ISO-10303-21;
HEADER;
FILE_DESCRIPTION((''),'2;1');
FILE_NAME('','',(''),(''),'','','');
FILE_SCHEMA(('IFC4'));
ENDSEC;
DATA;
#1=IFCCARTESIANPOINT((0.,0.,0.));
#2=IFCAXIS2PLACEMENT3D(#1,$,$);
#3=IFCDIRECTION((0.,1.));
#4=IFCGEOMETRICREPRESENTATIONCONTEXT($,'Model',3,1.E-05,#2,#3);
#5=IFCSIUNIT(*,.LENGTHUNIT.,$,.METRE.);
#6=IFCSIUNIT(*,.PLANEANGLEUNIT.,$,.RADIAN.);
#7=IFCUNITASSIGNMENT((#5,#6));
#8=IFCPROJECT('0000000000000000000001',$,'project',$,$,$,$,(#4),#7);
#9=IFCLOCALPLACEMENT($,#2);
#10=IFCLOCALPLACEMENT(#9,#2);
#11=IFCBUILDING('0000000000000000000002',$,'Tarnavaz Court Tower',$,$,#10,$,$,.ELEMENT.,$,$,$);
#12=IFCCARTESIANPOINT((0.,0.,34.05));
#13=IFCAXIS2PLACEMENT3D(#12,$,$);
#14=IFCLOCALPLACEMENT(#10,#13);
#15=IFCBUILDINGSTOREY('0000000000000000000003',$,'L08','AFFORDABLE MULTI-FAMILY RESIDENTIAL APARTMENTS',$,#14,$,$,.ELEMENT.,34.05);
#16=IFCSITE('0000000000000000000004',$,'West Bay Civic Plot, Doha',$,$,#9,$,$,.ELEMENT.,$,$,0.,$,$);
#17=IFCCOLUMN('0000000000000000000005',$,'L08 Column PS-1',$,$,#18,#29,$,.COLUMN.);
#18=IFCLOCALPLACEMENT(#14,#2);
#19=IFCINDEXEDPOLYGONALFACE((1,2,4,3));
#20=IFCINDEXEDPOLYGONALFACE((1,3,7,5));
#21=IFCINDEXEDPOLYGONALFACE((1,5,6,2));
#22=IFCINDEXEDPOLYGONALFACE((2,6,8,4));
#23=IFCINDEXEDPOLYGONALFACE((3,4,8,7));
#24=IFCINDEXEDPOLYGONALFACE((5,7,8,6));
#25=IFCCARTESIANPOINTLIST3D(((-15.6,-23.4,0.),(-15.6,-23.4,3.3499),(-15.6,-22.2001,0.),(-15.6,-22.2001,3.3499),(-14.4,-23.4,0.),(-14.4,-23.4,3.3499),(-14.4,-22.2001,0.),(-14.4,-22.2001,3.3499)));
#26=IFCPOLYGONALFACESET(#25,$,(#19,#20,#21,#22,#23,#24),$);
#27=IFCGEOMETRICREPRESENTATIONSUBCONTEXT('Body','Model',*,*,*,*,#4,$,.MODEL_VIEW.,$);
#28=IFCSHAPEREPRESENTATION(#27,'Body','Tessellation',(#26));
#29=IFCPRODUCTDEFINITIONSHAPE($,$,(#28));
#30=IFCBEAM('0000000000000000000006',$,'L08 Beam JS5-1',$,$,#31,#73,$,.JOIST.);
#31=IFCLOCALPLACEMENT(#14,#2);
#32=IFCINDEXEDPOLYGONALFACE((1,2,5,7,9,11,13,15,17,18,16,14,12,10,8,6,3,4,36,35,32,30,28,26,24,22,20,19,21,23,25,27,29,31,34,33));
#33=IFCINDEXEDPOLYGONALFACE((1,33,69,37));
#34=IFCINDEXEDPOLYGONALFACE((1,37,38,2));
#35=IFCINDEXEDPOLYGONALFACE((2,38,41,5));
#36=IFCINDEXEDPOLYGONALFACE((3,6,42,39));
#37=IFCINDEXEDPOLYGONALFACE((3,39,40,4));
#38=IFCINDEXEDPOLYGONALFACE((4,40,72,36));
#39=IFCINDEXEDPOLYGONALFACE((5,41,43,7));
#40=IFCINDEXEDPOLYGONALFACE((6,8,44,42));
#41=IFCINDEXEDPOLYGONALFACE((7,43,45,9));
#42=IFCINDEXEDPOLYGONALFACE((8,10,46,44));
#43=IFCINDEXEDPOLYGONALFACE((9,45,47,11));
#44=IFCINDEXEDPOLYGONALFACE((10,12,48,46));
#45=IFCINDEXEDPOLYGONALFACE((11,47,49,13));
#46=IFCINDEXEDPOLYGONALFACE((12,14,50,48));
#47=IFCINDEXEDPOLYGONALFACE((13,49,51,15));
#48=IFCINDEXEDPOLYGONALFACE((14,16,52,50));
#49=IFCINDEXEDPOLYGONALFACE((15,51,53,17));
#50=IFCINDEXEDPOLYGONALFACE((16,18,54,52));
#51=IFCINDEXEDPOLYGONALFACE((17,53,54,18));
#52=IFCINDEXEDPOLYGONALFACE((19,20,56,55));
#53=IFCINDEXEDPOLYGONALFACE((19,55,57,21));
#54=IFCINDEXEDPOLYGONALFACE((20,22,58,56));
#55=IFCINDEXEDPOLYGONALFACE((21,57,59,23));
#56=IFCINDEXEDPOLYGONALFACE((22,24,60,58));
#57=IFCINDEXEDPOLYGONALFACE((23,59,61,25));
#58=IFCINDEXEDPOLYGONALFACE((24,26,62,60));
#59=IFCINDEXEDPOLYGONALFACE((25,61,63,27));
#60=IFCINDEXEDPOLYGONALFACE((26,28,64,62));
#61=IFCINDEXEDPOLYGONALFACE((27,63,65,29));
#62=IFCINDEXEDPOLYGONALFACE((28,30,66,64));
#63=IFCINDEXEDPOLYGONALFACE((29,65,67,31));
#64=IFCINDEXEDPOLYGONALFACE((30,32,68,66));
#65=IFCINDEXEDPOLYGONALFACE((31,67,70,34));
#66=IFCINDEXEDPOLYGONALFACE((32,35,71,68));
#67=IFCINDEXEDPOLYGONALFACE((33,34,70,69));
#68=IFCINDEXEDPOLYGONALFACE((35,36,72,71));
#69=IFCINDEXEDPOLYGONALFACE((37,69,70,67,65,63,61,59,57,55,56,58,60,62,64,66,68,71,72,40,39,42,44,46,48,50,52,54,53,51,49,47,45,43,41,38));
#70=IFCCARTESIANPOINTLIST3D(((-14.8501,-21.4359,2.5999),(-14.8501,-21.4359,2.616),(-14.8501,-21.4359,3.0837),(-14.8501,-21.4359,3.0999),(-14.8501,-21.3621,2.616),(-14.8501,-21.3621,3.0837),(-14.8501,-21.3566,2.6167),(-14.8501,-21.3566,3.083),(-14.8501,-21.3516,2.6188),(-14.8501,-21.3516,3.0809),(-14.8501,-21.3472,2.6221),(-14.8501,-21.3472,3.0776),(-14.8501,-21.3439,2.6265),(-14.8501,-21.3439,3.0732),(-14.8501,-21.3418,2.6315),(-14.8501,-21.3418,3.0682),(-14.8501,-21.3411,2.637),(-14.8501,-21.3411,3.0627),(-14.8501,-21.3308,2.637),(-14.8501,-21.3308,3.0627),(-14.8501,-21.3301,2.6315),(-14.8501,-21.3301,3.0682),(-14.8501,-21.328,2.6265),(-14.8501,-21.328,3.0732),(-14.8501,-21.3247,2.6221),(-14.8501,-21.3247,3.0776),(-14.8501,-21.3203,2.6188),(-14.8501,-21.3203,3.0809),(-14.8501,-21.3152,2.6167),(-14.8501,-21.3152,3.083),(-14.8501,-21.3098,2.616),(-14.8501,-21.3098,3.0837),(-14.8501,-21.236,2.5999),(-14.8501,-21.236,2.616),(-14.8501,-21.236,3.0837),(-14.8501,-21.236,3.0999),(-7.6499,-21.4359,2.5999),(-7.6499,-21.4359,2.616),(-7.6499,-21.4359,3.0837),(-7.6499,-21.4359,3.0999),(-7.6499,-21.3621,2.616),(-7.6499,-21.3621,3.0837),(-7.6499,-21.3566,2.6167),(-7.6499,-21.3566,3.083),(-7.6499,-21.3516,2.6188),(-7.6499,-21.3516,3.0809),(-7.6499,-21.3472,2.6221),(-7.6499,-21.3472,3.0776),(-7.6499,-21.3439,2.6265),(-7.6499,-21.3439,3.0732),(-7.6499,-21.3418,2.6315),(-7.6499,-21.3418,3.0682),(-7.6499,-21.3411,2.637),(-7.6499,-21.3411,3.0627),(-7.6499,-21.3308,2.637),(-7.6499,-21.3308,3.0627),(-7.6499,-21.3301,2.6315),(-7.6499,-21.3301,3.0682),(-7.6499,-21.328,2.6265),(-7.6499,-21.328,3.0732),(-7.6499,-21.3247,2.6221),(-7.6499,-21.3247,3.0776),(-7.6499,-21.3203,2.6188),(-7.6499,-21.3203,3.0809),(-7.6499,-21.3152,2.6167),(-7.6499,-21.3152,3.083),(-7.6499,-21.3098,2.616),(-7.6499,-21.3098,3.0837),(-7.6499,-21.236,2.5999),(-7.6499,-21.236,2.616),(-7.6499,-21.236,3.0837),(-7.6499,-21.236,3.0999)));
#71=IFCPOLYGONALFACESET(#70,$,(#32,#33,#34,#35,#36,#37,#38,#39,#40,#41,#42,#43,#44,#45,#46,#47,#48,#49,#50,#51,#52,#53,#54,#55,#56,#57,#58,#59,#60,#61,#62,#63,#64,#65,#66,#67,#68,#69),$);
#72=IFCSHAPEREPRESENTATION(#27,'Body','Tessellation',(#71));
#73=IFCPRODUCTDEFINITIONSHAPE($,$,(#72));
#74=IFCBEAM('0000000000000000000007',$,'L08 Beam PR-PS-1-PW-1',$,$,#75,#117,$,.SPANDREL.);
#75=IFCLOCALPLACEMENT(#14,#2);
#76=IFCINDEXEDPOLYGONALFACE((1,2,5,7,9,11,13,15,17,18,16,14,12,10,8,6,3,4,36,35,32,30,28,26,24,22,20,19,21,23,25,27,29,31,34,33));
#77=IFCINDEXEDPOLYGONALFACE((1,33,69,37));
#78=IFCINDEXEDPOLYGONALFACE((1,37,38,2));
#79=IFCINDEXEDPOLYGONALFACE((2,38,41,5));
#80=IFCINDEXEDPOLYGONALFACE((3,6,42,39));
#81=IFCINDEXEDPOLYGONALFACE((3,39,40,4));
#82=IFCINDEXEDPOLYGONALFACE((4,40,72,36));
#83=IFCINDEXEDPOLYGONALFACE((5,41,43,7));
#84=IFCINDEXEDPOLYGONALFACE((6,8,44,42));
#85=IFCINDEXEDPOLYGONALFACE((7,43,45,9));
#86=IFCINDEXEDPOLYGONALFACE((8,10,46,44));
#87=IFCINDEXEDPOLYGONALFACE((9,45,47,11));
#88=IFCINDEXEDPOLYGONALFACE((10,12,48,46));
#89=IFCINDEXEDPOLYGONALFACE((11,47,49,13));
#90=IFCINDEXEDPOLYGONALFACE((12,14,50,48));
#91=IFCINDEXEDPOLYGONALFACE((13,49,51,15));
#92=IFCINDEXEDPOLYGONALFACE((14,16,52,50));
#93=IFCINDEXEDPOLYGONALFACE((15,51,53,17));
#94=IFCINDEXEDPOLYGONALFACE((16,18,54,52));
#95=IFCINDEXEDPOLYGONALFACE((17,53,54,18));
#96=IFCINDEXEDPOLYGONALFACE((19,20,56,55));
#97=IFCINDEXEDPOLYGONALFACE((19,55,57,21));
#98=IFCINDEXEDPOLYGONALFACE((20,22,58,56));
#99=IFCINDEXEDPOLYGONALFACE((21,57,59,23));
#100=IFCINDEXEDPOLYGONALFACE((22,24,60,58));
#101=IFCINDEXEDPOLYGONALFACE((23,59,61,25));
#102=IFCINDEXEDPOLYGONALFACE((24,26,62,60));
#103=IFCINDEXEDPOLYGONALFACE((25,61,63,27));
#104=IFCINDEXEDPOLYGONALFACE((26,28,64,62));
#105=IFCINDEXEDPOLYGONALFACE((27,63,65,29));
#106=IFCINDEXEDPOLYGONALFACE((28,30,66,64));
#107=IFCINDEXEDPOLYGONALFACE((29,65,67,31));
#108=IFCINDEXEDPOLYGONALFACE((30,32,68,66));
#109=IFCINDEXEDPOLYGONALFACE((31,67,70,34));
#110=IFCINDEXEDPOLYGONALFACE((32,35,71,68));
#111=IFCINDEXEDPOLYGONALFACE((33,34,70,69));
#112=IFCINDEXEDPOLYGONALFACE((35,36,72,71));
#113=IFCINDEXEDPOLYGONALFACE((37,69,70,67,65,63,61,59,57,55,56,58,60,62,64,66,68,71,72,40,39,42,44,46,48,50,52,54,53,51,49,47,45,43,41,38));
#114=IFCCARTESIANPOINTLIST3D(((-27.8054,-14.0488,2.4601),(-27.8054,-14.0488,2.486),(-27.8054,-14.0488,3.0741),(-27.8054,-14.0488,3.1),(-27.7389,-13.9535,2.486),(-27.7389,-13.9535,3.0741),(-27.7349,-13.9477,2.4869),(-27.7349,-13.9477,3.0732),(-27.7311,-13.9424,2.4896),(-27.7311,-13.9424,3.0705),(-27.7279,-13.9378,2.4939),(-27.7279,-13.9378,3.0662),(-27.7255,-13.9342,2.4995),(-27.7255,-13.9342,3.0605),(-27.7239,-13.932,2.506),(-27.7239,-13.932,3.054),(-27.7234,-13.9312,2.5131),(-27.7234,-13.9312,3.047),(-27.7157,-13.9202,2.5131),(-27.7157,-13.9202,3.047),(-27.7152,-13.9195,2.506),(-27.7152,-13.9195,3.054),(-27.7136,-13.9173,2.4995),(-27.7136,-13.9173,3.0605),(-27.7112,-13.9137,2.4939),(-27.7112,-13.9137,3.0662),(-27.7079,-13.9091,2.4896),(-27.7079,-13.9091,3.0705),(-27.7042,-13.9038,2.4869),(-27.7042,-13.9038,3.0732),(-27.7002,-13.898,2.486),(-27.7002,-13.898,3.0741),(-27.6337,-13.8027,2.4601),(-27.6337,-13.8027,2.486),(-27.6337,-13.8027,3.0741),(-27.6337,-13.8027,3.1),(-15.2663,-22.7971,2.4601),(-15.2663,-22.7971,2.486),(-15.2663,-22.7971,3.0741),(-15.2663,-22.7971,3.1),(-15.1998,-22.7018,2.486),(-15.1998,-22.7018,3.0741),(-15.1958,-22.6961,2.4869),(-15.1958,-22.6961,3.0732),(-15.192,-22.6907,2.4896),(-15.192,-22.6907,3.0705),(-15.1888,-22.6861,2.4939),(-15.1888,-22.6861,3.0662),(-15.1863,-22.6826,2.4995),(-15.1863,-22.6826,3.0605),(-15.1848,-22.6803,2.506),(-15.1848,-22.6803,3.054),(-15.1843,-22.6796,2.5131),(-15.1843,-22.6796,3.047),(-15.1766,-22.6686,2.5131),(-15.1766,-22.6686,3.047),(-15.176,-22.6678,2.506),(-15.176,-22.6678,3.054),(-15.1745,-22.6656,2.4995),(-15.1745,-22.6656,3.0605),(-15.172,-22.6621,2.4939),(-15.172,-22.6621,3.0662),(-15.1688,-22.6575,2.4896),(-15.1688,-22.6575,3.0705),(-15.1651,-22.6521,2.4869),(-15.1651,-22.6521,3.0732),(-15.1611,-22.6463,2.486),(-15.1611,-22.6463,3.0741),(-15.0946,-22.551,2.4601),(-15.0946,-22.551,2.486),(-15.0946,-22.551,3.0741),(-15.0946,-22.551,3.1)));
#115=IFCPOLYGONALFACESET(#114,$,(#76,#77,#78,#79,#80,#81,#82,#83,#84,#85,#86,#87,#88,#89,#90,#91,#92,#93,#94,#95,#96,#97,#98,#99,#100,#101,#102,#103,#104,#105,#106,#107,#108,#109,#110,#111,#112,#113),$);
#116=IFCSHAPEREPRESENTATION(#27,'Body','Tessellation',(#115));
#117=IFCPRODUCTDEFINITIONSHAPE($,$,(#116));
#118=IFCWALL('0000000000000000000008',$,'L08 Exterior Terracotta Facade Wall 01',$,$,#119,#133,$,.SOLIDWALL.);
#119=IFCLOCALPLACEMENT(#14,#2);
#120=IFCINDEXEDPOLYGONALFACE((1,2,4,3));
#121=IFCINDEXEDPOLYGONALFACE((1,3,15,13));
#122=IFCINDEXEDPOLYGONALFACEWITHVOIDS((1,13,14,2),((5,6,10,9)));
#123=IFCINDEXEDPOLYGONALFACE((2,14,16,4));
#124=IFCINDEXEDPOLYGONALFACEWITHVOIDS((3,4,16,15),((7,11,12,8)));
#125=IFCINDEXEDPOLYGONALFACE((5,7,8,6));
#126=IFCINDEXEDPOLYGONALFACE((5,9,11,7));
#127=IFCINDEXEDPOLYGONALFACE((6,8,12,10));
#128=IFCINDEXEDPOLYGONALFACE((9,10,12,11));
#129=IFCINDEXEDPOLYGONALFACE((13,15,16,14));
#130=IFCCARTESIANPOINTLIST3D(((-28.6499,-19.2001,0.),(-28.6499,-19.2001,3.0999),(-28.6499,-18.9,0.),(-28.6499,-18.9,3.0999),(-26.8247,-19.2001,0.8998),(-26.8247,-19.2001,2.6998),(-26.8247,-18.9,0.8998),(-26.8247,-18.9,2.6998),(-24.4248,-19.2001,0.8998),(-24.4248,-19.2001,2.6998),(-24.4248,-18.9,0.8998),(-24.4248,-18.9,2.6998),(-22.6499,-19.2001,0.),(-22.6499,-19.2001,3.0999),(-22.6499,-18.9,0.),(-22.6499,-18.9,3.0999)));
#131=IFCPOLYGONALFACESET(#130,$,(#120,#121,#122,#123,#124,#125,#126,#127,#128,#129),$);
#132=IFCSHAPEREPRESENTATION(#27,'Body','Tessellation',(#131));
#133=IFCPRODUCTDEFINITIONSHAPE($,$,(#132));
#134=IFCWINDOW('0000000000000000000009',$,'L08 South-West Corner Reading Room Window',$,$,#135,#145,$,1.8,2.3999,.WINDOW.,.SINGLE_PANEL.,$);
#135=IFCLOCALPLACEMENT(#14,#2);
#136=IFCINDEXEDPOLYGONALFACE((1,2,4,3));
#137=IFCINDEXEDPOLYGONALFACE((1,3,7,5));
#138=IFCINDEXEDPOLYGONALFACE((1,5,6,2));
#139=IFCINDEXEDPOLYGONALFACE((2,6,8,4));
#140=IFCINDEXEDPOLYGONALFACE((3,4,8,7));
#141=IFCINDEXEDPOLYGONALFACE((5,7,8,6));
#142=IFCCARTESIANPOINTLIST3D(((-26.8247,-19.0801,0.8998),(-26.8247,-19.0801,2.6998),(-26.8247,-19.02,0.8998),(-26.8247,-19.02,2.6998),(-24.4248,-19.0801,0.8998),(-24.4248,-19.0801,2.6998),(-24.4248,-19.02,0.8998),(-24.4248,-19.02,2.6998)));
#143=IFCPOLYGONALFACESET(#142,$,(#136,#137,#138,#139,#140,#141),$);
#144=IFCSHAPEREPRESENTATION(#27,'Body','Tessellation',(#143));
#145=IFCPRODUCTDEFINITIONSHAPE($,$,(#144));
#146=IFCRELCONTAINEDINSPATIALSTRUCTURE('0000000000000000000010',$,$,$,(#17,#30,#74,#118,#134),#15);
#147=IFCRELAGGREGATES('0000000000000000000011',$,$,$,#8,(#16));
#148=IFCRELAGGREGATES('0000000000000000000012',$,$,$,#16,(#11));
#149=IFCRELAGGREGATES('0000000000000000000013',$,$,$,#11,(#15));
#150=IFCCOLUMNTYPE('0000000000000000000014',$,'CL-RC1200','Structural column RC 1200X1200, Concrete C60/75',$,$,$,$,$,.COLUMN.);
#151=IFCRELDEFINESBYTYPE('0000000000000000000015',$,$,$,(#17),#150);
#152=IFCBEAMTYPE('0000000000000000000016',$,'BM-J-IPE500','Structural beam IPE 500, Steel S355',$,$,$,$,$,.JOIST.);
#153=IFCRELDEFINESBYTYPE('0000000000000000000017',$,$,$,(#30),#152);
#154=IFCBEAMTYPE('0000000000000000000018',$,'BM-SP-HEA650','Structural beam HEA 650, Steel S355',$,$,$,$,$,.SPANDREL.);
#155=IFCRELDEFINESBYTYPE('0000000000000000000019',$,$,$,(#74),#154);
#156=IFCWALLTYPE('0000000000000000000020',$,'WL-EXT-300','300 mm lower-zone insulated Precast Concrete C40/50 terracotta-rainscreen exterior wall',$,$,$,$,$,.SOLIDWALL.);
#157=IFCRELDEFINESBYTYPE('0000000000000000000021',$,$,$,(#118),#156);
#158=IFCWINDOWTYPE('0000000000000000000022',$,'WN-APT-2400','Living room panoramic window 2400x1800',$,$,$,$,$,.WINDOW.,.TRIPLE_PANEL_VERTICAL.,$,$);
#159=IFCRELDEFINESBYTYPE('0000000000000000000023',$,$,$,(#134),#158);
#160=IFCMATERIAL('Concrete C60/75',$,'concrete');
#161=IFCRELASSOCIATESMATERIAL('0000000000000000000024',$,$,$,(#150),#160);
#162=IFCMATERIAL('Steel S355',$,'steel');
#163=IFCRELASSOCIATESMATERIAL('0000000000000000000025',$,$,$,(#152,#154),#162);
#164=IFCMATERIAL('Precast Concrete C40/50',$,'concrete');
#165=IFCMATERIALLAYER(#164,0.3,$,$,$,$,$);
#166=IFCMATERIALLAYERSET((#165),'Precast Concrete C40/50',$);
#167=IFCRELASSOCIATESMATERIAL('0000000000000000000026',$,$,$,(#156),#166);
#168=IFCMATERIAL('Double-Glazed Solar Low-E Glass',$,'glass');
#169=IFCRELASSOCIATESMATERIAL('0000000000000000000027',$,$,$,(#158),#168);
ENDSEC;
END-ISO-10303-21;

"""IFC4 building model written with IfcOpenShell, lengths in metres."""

from ifc_helpers import new_model, si_unit, direction, frame, frame_2d, origin, origin_2d, place, context, subcontext, project, spatial, rectangle, i_section, extrude, material, layer, layer_set, material_profile, profile_set, type_object, element, fill, save


model = new_model("IFC4")

# Units and contexts
model_context = context("Model", 3, precision=1e-05, world=origin(), true_north=direction((0.0, 1.0)))
body_context = subcontext(model_context, "Body", "Model", "MODEL_VIEW")
ifc_project = project(units=[si_unit("LENGTHUNIT", "METRE"), si_unit("PLANEANGLEUNIT", "RADIAN")], contexts=[model_context])

# Site, building, storey
site_placement = place(None, origin())
site = spatial("IfcSite", under=ifc_project, at=site_placement, Name="West Bay Civic Plot, Doha", CompositionType="ELEMENT", RefElevation=0.0)
building_placement = place(site_placement, origin())
building = spatial("IfcBuilding", under=site, at=building_placement, Name="Tarnavaz Court Tower", CompositionType="ELEMENT")
storey_placement = place(building_placement, frame((0.0, 0.0, 34.05)))
storey = spatial("IfcBuildingStorey", under=building, at=storey_placement, Name="L08", Description="AFFORDABLE MULTI-FAMILY RESIDENTIAL APARTMENTS", CompositionType="ELEMENT", Elevation=34.05)

# Column
ifc_material_1 = material(Name="Concrete C60/75", Category="concrete")
ifc_material_profile_1 = material_profile(ifc_material_1, rectangle(XDim=1.2, YDim=1.2, at=origin_2d()), Name="RC 1200X1200")
ifc_profile_set_1 = profile_set([ifc_material_profile_1], Name="Concrete C60/75")
column_type = type_object("IfcColumnType", Name="CL-RC1200", Description="Structural column RC 1200X1200, Concrete C60/75", PredefinedType="COLUMN", material=ifc_profile_set_1)
column_placement = place(storey_placement, frame((-15.0, -22.8, 0.0), z_axis=(0.0, 0.0, 1.0), x_axis=(1.0, 0.0, 0.0)))
element("IfcColumn", 1, at=column_placement, inside=storey, type_object=column_type, Name="L08 Column PS-1", PredefinedType="COLUMN", context=body_context, shape_type="SweptSolid", body=[
    extrude(rectangle(XDim=1.2, YDim=1.2, at=origin_2d()), origin(), (0.0, 0.0, 1.0), 3.3499),
])

# Beams
ifc_material_2 = material(Name="Steel S355", Category="steel")
ifc_material_profile_2 = material_profile(ifc_material_2, i_section(OverallWidth=0.2, OverallDepth=0.5, WebThickness=0.0103, FlangeThickness=0.0161, FilletRadius=0.021, at=origin_2d()), Name="IPE 500")
ifc_profile_set_2 = profile_set([ifc_material_profile_2], Name="Steel S355")
beam_type_1 = type_object("IfcBeamType", Name="BM-J-IPE500", Description="Structural beam IPE 500, Steel S355", PredefinedType="JOIST", material=ifc_profile_set_2)
beam_1_placement = place(storey_placement, frame((-14.8501, -21.3359, 2.8499), z_axis=(1.0, 0.0, 0.0), x_axis=(0.0, 1.0, 0.0)))
element("IfcBeam", 2, at=beam_1_placement, inside=storey, type_object=beam_type_1, Name="L08 Beam JS5-1", PredefinedType="JOIST", context=body_context, shape_type="SweptSolid", body=[
    extrude(i_section(OverallWidth=0.2, OverallDepth=0.5, WebThickness=0.0103, FlangeThickness=0.0161, FilletRadius=0.021, at=origin_2d()), origin(), (0.0, 0.0, 1.0), 7.2002),
])
ifc_material_profile_3 = material_profile(ifc_material_2, i_section(OverallWidth=0.3, OverallDepth=0.6399, WebThickness=0.0134, FlangeThickness=0.0259, FilletRadius=0.0271, at=origin_2d()), Name="HEA 650")
ifc_profile_set_3 = profile_set([ifc_material_profile_3], Name="Steel S355")
beam_type_2 = type_object("IfcBeamType", Name="BM-SP-HEA650", Description="Structural beam HEA 650, Steel S355", PredefinedType="SPANDREL", material=ifc_profile_set_3)
beam_2_placement = place(storey_placement, frame((-15.1804, -22.6741, 2.78), z_axis=(-0.820124, 0.572186, 0.0), x_axis=(-0.572186, -0.820124, 0.0)))
element("IfcBeam", 3, at=beam_2_placement, inside=storey, type_object=beam_type_2, Name="L08 Beam PR-PS-1-PW-1", PredefinedType="SPANDREL", context=body_context, shape_type="SweptSolid", body=[
    extrude(i_section(OverallWidth=0.3, OverallDepth=0.6399, WebThickness=0.0134, FlangeThickness=0.0259, FilletRadius=0.0271, at=origin_2d()), origin(), (0.0, 0.0, 1.0), 15.2893),
])

# Wall, opening, window
ifc_material_3 = material(Name="Precast Concrete C40/50", Category="concrete")
ifc_layer_1 = layer(ifc_material_3, 0.3)
ifc_layer_set_1 = layer_set([ifc_layer_1], Name="Precast Concrete C40/50")
wall_type_1 = type_object("IfcWallType", Name="WL-EXT-300", Description="300 mm lower-zone insulated Precast Concrete C40/50 terracotta-rainscreen exterior wall", PredefinedType="SOLIDWALL", material=ifc_layer_set_1)
wall_1_placement = place(storey_placement, frame((-22.6499, -19.05, 0.0), z_axis=(0.0, 0.0, 1.0), x_axis=(-1.0, 0.0, 0.0)))
wall_1 = element("IfcWall", 4, at=wall_1_placement, inside=storey, type_object=wall_type_1, Name="L08 Exterior Terracotta Facade Wall 01", PredefinedType="SOLIDWALL", context=body_context, shape_type="SweptSolid", body=[
    extrude(rectangle(XDim=6.0, YDim=0.3, at=frame_2d((3.0, 0.0))), origin(), (0.0, 0.0, 1.0), 3.0999),
])
opening_1_placement = place(wall_1_placement, frame((1.7749, 0.0, 0.8999)))
opening_1 = element("IfcOpeningElement", 5, at=opening_1_placement, cuts=wall_1, PredefinedType="OPENING", context=body_context, shape_type="SweptSolid", body=[
    extrude(rectangle(XDim=2.3999, YDim=1.8, at=frame_2d((1.2, 0.8999))), frame((0.0, 0.1599, 0.0), z_axis=(0.0, -1.0, 0.0), x_axis=(1.0, 0.0, 0.0)), (0.0, 0.0, 1.0), 0.3201),
])
ifc_material_4 = material(Name="Double-Glazed Solar Low-E Glass", Category="glass")
window_type_1 = type_object("IfcWindowType", Name="WN-APT-2400", Description="Living room panoramic window 2400x1800", PartitioningType="TRIPLE_PANEL_VERTICAL", PredefinedType="WINDOW", material=ifc_material_4)
window_1_placement = place(opening_1_placement, origin())
window_1 = element("IfcWindow", 6, at=window_1_placement, inside=storey, type_object=window_type_1, Name="L08 South-West Corner Reading Room Window", OverallHeight=1.8, OverallWidth=2.3999, PartitioningType="SINGLE_PANEL", PredefinedType="WINDOW", context=body_context, shape_type="SweptSolid", body=[
    extrude(rectangle(XDim=2.3999, YDim=1.8, at=frame_2d((1.2, 0.8999))), frame((0.0, 0.03, 0.0), z_axis=(0.0, -1.0, 0.0), x_axis=(1.0, 0.0, 0.0)), (0.0, 0.0, 1.0), 0.0601),
])
fill(opening_1, window_1)

save(model, "model.ifc")
